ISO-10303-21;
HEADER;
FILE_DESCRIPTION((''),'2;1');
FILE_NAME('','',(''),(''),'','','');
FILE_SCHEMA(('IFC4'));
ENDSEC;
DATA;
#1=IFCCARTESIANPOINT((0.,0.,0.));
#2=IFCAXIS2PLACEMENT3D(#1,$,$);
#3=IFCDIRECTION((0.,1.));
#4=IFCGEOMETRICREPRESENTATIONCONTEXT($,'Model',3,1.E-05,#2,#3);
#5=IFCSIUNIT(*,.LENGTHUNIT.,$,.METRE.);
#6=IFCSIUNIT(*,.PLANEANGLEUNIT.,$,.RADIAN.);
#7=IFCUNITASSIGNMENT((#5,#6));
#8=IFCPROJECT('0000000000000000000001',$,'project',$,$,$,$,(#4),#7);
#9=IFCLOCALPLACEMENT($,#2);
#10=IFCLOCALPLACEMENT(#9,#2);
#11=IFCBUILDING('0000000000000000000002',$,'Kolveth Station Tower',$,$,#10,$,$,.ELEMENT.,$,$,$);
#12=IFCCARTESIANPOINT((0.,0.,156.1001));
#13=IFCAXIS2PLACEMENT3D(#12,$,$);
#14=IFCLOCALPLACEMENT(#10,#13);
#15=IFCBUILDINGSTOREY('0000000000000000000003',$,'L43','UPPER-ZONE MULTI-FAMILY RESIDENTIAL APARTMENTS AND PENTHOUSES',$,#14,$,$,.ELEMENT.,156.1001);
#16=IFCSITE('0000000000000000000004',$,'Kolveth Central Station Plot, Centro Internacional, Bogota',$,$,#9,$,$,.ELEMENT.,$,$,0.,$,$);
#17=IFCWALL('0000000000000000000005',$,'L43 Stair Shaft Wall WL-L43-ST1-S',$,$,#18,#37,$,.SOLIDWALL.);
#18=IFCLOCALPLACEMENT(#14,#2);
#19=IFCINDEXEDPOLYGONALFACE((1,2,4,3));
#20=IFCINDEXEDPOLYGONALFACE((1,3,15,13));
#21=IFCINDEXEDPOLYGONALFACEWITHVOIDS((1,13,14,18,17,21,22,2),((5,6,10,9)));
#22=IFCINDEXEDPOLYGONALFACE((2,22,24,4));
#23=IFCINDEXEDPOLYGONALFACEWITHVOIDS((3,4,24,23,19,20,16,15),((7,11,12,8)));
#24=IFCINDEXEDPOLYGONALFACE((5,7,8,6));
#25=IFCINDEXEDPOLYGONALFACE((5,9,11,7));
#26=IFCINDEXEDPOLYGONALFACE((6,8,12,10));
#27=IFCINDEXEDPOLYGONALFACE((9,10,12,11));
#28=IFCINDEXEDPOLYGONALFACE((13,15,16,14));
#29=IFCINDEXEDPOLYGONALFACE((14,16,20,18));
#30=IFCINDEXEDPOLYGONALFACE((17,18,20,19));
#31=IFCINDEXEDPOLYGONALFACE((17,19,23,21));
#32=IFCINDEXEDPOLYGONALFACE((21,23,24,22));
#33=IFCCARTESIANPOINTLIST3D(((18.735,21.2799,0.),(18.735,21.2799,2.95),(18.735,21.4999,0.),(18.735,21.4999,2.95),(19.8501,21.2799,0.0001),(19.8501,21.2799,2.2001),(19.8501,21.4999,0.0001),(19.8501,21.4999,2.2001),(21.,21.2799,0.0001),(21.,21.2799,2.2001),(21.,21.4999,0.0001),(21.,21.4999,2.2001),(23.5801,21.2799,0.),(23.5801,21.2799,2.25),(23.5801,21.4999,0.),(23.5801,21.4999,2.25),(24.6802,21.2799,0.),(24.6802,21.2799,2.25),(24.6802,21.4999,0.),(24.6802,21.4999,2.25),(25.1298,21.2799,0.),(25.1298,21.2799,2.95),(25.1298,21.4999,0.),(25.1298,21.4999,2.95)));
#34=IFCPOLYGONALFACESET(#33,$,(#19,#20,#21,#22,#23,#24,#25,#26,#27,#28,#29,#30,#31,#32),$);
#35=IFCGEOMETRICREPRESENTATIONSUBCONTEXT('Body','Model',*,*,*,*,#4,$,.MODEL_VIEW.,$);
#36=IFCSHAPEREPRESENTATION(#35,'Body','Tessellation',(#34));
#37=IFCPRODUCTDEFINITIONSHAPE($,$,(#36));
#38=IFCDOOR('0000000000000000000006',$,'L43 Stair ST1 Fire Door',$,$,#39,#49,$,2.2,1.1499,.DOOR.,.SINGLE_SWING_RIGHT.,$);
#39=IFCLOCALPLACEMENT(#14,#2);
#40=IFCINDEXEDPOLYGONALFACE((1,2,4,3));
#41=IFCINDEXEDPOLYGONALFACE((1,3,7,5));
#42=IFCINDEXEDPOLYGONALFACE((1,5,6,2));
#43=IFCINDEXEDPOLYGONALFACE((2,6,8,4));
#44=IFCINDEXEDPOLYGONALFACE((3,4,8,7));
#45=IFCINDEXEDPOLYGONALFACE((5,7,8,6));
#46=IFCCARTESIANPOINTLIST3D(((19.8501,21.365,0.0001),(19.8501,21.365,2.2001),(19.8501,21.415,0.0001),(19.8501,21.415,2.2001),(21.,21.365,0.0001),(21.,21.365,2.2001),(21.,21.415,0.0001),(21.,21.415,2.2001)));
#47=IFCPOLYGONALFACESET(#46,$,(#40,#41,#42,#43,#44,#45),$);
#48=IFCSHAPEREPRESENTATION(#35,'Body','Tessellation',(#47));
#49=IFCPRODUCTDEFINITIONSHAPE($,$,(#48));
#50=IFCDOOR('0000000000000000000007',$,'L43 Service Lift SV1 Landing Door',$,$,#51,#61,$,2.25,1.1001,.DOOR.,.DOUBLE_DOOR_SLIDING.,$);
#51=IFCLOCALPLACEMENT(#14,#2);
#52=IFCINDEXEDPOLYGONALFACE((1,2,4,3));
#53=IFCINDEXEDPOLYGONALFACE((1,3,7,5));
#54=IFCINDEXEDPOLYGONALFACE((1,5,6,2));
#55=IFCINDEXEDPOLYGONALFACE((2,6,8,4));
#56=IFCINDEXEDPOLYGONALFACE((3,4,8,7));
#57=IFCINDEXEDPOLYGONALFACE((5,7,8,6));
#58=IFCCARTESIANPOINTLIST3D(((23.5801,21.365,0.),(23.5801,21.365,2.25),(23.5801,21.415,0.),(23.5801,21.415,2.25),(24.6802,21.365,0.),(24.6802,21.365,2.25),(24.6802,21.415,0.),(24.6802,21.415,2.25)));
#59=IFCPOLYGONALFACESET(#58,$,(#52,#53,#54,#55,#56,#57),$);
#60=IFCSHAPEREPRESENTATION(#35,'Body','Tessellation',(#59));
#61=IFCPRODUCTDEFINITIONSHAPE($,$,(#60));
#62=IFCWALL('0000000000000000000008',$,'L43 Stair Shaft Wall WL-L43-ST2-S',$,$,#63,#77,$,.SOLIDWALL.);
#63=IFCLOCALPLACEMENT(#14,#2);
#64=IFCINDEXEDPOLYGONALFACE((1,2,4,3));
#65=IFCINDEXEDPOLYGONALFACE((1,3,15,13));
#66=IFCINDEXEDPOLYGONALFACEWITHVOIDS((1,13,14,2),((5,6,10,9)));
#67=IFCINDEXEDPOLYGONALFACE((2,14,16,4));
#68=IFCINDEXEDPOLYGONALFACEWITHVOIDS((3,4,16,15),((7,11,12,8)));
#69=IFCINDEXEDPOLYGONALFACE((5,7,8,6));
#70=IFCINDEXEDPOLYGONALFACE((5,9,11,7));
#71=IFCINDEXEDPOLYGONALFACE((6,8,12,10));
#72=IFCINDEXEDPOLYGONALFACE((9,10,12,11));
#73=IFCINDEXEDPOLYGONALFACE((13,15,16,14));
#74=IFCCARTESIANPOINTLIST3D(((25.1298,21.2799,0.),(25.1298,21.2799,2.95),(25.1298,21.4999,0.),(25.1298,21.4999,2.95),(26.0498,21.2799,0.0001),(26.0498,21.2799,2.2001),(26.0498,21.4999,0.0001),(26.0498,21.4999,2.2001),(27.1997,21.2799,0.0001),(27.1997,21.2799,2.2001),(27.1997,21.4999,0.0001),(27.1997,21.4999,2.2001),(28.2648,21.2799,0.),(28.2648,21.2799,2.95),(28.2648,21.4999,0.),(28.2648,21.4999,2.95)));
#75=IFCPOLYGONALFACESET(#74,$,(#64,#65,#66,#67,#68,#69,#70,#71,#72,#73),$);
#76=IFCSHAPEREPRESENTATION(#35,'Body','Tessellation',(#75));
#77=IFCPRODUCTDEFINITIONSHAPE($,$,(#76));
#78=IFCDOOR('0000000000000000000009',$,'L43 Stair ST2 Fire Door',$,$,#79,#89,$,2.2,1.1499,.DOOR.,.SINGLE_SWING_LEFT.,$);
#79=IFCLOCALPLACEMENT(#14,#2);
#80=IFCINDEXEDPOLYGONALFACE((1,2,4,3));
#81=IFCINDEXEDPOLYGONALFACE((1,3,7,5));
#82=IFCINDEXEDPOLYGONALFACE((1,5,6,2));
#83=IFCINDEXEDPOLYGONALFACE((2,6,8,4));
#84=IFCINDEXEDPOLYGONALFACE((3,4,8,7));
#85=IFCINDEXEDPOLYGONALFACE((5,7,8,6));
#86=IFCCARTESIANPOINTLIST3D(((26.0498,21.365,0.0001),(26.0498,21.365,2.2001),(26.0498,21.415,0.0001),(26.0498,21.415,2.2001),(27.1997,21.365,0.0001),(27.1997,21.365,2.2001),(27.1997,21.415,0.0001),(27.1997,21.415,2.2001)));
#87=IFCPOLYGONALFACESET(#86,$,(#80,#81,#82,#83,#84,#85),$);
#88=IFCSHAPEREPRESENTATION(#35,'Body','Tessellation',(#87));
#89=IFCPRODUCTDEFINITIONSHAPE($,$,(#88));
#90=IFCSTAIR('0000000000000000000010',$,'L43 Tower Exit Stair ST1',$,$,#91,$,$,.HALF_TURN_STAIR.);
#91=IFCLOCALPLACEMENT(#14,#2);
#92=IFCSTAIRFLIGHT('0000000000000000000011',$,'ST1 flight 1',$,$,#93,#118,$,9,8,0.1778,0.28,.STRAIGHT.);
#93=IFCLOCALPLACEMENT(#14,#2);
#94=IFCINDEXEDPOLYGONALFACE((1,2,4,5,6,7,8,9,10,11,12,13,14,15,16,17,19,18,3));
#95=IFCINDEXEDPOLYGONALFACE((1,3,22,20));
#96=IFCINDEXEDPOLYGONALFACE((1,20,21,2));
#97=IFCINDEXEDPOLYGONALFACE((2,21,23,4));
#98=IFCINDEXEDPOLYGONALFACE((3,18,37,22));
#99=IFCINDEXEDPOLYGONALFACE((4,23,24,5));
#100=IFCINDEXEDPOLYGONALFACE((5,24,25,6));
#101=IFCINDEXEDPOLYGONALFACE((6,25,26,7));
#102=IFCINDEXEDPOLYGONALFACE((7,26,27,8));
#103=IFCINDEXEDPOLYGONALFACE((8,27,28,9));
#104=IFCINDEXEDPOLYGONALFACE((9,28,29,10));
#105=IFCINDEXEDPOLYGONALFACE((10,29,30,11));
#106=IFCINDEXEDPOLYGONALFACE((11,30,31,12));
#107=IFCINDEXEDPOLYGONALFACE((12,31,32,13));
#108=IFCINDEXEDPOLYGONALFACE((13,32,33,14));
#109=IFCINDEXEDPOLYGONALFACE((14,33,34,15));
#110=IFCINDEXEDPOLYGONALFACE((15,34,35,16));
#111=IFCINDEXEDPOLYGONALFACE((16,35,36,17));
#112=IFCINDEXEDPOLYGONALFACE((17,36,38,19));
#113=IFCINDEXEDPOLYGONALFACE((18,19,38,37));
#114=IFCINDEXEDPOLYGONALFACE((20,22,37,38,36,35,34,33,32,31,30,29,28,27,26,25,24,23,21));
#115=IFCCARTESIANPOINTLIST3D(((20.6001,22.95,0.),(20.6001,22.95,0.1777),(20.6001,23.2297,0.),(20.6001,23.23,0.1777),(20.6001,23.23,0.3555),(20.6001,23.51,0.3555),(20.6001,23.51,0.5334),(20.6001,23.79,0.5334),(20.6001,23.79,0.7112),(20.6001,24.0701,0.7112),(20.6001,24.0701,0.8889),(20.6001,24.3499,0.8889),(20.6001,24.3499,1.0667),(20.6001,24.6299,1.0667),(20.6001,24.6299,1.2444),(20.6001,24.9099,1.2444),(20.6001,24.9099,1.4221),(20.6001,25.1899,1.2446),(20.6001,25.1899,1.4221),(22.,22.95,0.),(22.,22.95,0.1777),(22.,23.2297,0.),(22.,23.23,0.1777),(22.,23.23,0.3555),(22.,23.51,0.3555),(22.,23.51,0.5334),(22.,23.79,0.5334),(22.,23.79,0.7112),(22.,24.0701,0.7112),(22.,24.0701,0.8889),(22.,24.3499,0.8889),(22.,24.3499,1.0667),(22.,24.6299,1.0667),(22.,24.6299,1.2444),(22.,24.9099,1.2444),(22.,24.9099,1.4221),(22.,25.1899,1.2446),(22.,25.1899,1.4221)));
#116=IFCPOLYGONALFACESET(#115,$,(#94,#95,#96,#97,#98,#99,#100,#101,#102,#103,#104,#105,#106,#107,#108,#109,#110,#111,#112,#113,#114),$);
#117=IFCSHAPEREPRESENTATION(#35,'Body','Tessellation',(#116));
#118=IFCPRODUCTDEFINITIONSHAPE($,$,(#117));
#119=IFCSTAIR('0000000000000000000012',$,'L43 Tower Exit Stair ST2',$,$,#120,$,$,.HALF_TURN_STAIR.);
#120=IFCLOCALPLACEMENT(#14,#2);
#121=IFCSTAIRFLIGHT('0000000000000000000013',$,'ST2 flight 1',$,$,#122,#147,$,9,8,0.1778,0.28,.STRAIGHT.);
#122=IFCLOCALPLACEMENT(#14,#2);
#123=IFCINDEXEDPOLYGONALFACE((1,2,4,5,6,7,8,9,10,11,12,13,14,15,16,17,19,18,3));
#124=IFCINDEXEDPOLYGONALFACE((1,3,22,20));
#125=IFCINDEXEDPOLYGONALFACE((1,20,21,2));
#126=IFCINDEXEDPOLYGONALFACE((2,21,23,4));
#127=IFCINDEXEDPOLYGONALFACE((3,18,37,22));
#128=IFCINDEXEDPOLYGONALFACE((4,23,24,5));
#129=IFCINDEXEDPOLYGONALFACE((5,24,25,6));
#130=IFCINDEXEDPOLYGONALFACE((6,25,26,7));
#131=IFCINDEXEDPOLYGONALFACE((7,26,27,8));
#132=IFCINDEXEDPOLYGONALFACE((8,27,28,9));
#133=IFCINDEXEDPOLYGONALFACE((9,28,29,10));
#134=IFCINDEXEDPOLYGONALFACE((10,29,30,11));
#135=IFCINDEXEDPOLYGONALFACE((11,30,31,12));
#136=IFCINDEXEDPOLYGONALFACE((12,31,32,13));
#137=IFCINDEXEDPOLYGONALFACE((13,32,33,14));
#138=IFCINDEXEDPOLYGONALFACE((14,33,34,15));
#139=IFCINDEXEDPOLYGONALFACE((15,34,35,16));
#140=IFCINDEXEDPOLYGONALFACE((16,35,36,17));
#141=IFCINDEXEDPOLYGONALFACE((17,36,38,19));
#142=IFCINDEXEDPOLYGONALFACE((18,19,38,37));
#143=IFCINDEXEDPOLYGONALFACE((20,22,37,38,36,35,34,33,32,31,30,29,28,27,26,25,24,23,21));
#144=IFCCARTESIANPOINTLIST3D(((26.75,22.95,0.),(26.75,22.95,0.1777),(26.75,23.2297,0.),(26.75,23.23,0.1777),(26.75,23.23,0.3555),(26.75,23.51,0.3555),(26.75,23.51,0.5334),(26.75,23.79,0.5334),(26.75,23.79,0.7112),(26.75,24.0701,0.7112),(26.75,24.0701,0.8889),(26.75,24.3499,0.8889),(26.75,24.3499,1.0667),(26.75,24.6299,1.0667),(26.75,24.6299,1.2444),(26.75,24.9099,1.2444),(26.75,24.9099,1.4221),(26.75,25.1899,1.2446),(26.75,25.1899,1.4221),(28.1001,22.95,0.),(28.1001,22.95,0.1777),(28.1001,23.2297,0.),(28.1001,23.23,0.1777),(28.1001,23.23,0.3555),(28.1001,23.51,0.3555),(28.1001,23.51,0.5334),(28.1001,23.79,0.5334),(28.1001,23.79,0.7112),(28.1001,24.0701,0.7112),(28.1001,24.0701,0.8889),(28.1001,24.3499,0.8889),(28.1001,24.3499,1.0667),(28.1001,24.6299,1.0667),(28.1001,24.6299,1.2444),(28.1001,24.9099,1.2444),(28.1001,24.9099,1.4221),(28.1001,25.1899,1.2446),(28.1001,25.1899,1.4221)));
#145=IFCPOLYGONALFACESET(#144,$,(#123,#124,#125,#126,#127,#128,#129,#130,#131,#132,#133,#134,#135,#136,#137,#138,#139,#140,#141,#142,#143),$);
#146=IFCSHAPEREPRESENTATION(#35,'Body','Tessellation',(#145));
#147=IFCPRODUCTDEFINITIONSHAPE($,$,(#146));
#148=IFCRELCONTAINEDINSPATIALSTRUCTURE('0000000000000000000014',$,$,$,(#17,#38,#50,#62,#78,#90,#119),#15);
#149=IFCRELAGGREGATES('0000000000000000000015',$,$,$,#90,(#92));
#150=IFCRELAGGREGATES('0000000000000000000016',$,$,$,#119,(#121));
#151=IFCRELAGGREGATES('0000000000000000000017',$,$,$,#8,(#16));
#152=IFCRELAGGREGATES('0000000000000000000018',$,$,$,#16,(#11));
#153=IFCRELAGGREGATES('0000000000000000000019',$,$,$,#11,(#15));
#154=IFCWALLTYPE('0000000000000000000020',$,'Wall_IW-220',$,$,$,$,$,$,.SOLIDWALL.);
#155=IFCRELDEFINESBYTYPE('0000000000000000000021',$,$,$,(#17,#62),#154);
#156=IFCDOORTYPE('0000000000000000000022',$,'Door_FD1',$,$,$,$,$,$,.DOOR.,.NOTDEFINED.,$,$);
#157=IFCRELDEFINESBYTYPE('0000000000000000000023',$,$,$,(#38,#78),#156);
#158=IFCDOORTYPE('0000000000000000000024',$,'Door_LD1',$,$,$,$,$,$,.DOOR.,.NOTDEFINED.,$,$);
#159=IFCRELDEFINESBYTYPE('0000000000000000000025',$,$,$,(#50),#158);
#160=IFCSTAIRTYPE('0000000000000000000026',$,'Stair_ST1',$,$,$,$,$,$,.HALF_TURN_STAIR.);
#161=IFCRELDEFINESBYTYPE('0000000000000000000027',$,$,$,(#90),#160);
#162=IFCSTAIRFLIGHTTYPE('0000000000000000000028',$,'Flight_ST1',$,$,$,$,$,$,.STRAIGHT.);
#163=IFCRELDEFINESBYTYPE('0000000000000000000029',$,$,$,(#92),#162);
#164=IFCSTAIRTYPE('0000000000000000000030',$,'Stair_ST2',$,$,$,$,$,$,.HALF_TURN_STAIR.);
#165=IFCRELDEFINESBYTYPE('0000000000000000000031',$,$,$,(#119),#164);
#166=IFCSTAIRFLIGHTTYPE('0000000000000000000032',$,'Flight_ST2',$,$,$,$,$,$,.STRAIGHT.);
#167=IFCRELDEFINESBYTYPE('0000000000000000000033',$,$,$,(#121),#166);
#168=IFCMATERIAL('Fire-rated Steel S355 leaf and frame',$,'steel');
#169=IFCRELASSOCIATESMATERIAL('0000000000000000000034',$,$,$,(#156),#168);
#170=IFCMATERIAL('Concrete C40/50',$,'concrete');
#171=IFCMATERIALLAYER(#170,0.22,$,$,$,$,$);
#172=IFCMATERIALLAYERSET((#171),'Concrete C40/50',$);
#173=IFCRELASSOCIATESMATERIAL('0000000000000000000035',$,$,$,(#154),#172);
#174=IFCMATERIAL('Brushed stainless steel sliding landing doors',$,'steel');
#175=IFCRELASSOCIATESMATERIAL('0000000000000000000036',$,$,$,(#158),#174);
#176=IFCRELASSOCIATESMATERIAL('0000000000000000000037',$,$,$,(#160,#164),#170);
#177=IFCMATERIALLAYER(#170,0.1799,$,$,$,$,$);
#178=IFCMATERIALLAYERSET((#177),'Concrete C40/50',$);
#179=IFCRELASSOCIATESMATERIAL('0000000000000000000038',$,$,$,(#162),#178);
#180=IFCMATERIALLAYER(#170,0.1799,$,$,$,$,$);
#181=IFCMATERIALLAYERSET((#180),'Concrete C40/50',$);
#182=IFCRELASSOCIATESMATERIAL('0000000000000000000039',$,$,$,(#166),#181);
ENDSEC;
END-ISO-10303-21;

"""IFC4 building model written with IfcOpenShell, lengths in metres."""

from ifc_helpers import new_model, si_unit, direction, frame, frame_2d, origin, place, context, subcontext, project, spatial, polyline, rectangle, outline, extrude, material, layer, layer_set, type_object, element, fill, aggregate, save


model = new_model("IFC4")

# Units and contexts
model_context = context("Model", 3, precision=1e-05, world=origin(), true_north=direction((0.0, 1.0)))
body_context = subcontext(model_context, "Body", "Model", "MODEL_VIEW")
ifc_project = project(units=[si_unit("LENGTHUNIT", "METRE"), si_unit("PLANEANGLEUNIT", "RADIAN")], contexts=[model_context])

# Site, building, storey
site_placement = place(None, origin())
site = spatial("IfcSite", under=ifc_project, at=site_placement, Name="Kolveth Central Station Plot, Centro Internacional, Bogota", CompositionType="ELEMENT", RefElevation=0.0)
building_placement = place(site_placement, origin())
building = spatial("IfcBuilding", under=site, at=building_placement, Name="Kolveth Station Tower", CompositionType="ELEMENT")
storey_placement = place(building_placement, frame((0.0, 0.0, 156.1001)))
storey = spatial("IfcBuildingStorey", under=building, at=storey_placement, Name="L43", Description="UPPER-ZONE MULTI-FAMILY RESIDENTIAL APARTMENTS AND PENTHOUSES", CompositionType="ELEMENT", Elevation=156.1001)

# Shared definitions
ifc_material_1 = material(Name="Fire-rated Steel S355 leaf and frame", Category="steel")
door_type_1 = type_object("IfcDoorType", Name="Door_FD1", OperationType="NOTDEFINED", PredefinedType="DOOR", material=ifc_material_1)

# Shared definitions
ifc_material_2 = material(Name="Concrete C40/50", Category="concrete")
ifc_layer_1 = layer(ifc_material_2, 0.22)
ifc_layer_set_1 = layer_set([ifc_layer_1], Name="Concrete C40/50")
wall_type_1 = type_object("IfcWallType", Name="Wall_IW-220", PredefinedType="SOLIDWALL", material=ifc_layer_set_1)

# Wall, openings, doors
wall_1_placement = place(storey_placement, frame((18.7351, 21.3899, 0.0), z_axis=(0.0, 0.0, 1.0), x_axis=(1.0, 0.0, 0.0)))
wall_1 = element("IfcWall", 1, at=wall_1_placement, inside=storey, type_object=wall_type_1, Name="L43 Stair Shaft Wall WL-L43-ST1-S", PredefinedType="SOLIDWALL", context=body_context, shape_type="SweptSolid", body=[
    extrude(rectangle(XDim=6.3948, YDim=0.22, at=frame_2d((3.1973, 0.0))), origin(), (0.0, 0.0, 1.0), 2.95),
])
opening_1_placement = place(wall_1_placement, frame((1.115, 0.0, 0.0)))
opening_1 = element("IfcOpeningElement", 2, at=opening_1_placement, cuts=wall_1, PredefinedType="OPENING", context=body_context, shape_type="SweptSolid", body=[
    extrude(rectangle(XDim=1.1499, YDim=2.2, at=frame_2d((0.575, 1.1001))), frame((0.0, 0.1199, 0.0), z_axis=(0.0, -1.0, 0.0), x_axis=(1.0, 0.0, 0.0)), (0.0, 0.0, 1.0), 0.24),
])
opening_2_placement = place(wall_1_placement, frame((4.845, 0.0, 0.0)))
opening_2 = element("IfcOpeningElement", 3, at=opening_2_placement, cuts=wall_1, PredefinedType="OPENING", context=body_context, shape_type="SweptSolid", body=[
    extrude(rectangle(XDim=1.1001, YDim=2.25, at=frame_2d((0.55, 1.125))), frame((0.0, 0.1199, 0.0), z_axis=(0.0, -1.0, 0.0), x_axis=(1.0, 0.0, 0.0)), (0.0, 0.0, 1.0), 0.24),
])
door_1_placement = place(opening_1_placement, frame((1.1499, 0.0, 0.0), z_axis=(0.0, 0.0, 1.0), x_axis=(-1.0, 0.0, 0.0)))
door_1 = element("IfcDoor", 4, at=door_1_placement, inside=storey, type_object=door_type_1, Name="L43 Stair ST1 Fire Door", OperationType="SINGLE_SWING_RIGHT", OverallHeight=2.2, OverallWidth=1.1499, PredefinedType="DOOR", context=body_context, shape_type="SweptSolid", body=[
    extrude(rectangle(XDim=1.1499, YDim=2.2, at=frame_2d((0.575, 1.1001))), frame((0.0, 0.0249, 0.0), z_axis=(0.0, -1.0, 0.0), x_axis=(1.0, 0.0, 0.0)), (0.0, 0.0, 1.0), 0.05),
])
fill(opening_1, door_1)
ifc_material_3 = material(Name="Brushed stainless steel sliding landing doors", Category="steel")
door_type_2 = type_object("IfcDoorType", Name="Door_LD1", OperationType="NOTDEFINED", PredefinedType="DOOR", material=ifc_material_3)
door_2_placement = place(opening_2_placement, frame((1.1001, 0.0, 0.0), z_axis=(0.0, 0.0, 1.0), x_axis=(-1.0, 0.0, 0.0)))
door_2 = element("IfcDoor", 5, at=door_2_placement, inside=storey, type_object=door_type_2, Name="L43 Service Lift SV1 Landing Door", OperationType="DOUBLE_DOOR_SLIDING", OverallHeight=2.25, OverallWidth=1.1001, PredefinedType="DOOR", context=body_context, shape_type="SweptSolid", body=[
    extrude(rectangle(XDim=1.1001, YDim=2.25, at=frame_2d((0.55, 1.125))), frame((0.0, 0.0249, 0.0), z_axis=(0.0, -1.0, 0.0), x_axis=(1.0, 0.0, 0.0)), (0.0, 0.0, 1.0), 0.05),
])
fill(opening_2, door_2)

# Wall, opening, door
wall_2_placement = place(storey_placement, frame((25.1299, 21.3899, 0.0), z_axis=(0.0, 0.0, 1.0), x_axis=(1.0, 0.0, 0.0)))
wall_2 = element("IfcWall", 6, at=wall_2_placement, inside=storey, type_object=wall_type_1, Name="L43 Stair Shaft Wall WL-L43-ST2-S", PredefinedType="SOLIDWALL", context=body_context, shape_type="SweptSolid", body=[
    extrude(rectangle(XDim=3.135, YDim=0.22, at=frame_2d((1.5674, 0.0))), origin(), (0.0, 0.0, 1.0), 2.95),
])
opening_3_placement = place(wall_2_placement, frame((0.9199, 0.0, 0.0)))
opening_3 = element("IfcOpeningElement", 7, at=opening_3_placement, cuts=wall_2, PredefinedType="OPENING", context=body_context, shape_type="SweptSolid", body=[
    extrude(rectangle(XDim=1.1499, YDim=2.2, at=frame_2d((0.575, 1.1001))), frame((0.0, 0.1199, 0.0), z_axis=(0.0, -1.0, 0.0), x_axis=(1.0, 0.0, 0.0)), (0.0, 0.0, 1.0), 0.24),
])
door_3_placement = place(opening_3_placement, frame((1.1499, 0.0, 0.0), z_axis=(0.0, 0.0, 1.0), x_axis=(-1.0, 0.0, 0.0)))
door_3 = element("IfcDoor", 8, at=door_3_placement, inside=storey, type_object=door_type_1, Name="L43 Stair ST2 Fire Door", OperationType="SINGLE_SWING_LEFT", OverallHeight=2.2, OverallWidth=1.1499, PredefinedType="DOOR", context=body_context, shape_type="SweptSolid", body=[
    extrude(rectangle(XDim=1.1499, YDim=2.2, at=frame_2d((0.575, 1.1001))), frame((0.0, 0.0249, 0.0), z_axis=(0.0, -1.0, 0.0), x_axis=(1.0, 0.0, 0.0)), (0.0, 0.0, 1.0), 0.05),
])
fill(opening_3, door_3)

# Stairs, stair flights
stair_type_1 = type_object("IfcStairType", Name="Stair_ST1", PredefinedType="HALF_TURN_STAIR", material=ifc_material_2)
stair_1_placement = place(storey_placement, origin())
stair_1 = element("IfcStair", 9, at=stair_1_placement, inside=storey, type_object=stair_type_1, Name="L43 Tower Exit Stair ST1", PredefinedType="HALF_TURN_STAIR")
ifc_layer_2 = layer(ifc_material_2, 0.1799)
ifc_layer_set_2 = layer_set([ifc_layer_2], Name="Concrete C40/50")
stair_flight_type_1 = type_object("IfcStairFlightType", Name="Flight_ST1", PredefinedType="STRAIGHT", material=ifc_layer_set_2)
stair_flight_1_placement = place(storey_placement, frame((21.3, 22.95, 0.0), z_axis=(0.0, 0.0, 1.0), x_axis=(0.0, 1.0, 0.0)))
stair_flight_1 = element("IfcStairFlight", 10, at=stair_flight_1_placement, type_object=stair_flight_type_1, Name="ST1 flight 1", NumberOfRisers=9, NumberOfTreads=8, PredefinedType="STRAIGHT", RiserHeight=0.1778, TreadLength=0.28, context=body_context, shape_type="SweptSolid", body=[
    extrude(outline(polyline([(0.0, 0.0), (0.0, 0.1777), (0.28, 0.1777), (0.28, 0.3555), (0.5601, 0.3555), (0.5601, 0.5334), (0.8401, 0.5334), (0.8401, 0.7112), (1.1201, 0.7112), (1.1201, 0.8889), (1.3999, 0.8889), (1.3999, 1.0667), (1.6799, 1.0667), (1.6799, 1.2444), (1.96, 1.2444), (1.96, 1.4221), (2.24, 1.4221), (2.24, 1.6001), (2.24, 1.2446), (0.2798, 0.0), (0.0, 0.0)])), frame((0.0, 0.7, 0.0), z_axis=(0.0, -1.0, 0.0), x_axis=(1.0, 0.0, 0.0)), (0.0, 0.0, 1.0), 1.3999),
])
aggregate(stair_1, [stair_flight_1])
stair_type_2 = type_object("IfcStairType", Name="Stair_ST2", PredefinedType="HALF_TURN_STAIR", material=ifc_material_2)
stair_2_placement = place(storey_placement, origin())
stair_2 = element("IfcStair", 11, at=stair_2_placement, inside=storey, type_object=stair_type_2, Name="L43 Tower Exit Stair ST2", PredefinedType="HALF_TURN_STAIR")
ifc_layer_3 = layer(ifc_material_2, 0.1799)
ifc_layer_set_3 = layer_set([ifc_layer_3], Name="Concrete C40/50")
stair_flight_type_2 = type_object("IfcStairFlightType", Name="Flight_ST2", PredefinedType="STRAIGHT", material=ifc_layer_set_3)
stair_flight_2_placement = place(storey_placement, frame((27.425, 22.95, 0.0), z_axis=(0.0, 0.0, 1.0), x_axis=(0.0, 1.0, 0.0)))
stair_flight_2 = element("IfcStairFlight", 12, at=stair_flight_2_placement, type_object=stair_flight_type_2, Name="ST2 flight 1", NumberOfRisers=9, NumberOfTreads=8, PredefinedType="STRAIGHT", RiserHeight=0.1778, TreadLength=0.28, context=body_context, shape_type="SweptSolid", body=[
    extrude(outline(polyline([(0.0, 0.0), (0.0, 0.1777), (0.28, 0.1777), (0.28, 0.3555), (0.5601, 0.3555), (0.5601, 0.5334), (0.8401, 0.5334), (0.8401, 0.7112), (1.1201, 0.7112), (1.1201, 0.8889), (1.3999, 0.8889), (1.3999, 1.0667), (1.6799, 1.0667), (1.6799, 1.2444), (1.96, 1.2444), (1.96, 1.4221), (2.24, 1.4221), (2.24, 1.6001), (2.24, 1.2446), (0.2798, 0.0), (0.0, 0.0)])), frame((0.0, 0.675, 0.0), z_axis=(0.0, -1.0, 0.0), x_axis=(1.0, 0.0, 0.0)), (0.0, 0.0, 1.0), 1.3501),
])
aggregate(stair_2, [stair_flight_2])

save(model, "model.ifc")
